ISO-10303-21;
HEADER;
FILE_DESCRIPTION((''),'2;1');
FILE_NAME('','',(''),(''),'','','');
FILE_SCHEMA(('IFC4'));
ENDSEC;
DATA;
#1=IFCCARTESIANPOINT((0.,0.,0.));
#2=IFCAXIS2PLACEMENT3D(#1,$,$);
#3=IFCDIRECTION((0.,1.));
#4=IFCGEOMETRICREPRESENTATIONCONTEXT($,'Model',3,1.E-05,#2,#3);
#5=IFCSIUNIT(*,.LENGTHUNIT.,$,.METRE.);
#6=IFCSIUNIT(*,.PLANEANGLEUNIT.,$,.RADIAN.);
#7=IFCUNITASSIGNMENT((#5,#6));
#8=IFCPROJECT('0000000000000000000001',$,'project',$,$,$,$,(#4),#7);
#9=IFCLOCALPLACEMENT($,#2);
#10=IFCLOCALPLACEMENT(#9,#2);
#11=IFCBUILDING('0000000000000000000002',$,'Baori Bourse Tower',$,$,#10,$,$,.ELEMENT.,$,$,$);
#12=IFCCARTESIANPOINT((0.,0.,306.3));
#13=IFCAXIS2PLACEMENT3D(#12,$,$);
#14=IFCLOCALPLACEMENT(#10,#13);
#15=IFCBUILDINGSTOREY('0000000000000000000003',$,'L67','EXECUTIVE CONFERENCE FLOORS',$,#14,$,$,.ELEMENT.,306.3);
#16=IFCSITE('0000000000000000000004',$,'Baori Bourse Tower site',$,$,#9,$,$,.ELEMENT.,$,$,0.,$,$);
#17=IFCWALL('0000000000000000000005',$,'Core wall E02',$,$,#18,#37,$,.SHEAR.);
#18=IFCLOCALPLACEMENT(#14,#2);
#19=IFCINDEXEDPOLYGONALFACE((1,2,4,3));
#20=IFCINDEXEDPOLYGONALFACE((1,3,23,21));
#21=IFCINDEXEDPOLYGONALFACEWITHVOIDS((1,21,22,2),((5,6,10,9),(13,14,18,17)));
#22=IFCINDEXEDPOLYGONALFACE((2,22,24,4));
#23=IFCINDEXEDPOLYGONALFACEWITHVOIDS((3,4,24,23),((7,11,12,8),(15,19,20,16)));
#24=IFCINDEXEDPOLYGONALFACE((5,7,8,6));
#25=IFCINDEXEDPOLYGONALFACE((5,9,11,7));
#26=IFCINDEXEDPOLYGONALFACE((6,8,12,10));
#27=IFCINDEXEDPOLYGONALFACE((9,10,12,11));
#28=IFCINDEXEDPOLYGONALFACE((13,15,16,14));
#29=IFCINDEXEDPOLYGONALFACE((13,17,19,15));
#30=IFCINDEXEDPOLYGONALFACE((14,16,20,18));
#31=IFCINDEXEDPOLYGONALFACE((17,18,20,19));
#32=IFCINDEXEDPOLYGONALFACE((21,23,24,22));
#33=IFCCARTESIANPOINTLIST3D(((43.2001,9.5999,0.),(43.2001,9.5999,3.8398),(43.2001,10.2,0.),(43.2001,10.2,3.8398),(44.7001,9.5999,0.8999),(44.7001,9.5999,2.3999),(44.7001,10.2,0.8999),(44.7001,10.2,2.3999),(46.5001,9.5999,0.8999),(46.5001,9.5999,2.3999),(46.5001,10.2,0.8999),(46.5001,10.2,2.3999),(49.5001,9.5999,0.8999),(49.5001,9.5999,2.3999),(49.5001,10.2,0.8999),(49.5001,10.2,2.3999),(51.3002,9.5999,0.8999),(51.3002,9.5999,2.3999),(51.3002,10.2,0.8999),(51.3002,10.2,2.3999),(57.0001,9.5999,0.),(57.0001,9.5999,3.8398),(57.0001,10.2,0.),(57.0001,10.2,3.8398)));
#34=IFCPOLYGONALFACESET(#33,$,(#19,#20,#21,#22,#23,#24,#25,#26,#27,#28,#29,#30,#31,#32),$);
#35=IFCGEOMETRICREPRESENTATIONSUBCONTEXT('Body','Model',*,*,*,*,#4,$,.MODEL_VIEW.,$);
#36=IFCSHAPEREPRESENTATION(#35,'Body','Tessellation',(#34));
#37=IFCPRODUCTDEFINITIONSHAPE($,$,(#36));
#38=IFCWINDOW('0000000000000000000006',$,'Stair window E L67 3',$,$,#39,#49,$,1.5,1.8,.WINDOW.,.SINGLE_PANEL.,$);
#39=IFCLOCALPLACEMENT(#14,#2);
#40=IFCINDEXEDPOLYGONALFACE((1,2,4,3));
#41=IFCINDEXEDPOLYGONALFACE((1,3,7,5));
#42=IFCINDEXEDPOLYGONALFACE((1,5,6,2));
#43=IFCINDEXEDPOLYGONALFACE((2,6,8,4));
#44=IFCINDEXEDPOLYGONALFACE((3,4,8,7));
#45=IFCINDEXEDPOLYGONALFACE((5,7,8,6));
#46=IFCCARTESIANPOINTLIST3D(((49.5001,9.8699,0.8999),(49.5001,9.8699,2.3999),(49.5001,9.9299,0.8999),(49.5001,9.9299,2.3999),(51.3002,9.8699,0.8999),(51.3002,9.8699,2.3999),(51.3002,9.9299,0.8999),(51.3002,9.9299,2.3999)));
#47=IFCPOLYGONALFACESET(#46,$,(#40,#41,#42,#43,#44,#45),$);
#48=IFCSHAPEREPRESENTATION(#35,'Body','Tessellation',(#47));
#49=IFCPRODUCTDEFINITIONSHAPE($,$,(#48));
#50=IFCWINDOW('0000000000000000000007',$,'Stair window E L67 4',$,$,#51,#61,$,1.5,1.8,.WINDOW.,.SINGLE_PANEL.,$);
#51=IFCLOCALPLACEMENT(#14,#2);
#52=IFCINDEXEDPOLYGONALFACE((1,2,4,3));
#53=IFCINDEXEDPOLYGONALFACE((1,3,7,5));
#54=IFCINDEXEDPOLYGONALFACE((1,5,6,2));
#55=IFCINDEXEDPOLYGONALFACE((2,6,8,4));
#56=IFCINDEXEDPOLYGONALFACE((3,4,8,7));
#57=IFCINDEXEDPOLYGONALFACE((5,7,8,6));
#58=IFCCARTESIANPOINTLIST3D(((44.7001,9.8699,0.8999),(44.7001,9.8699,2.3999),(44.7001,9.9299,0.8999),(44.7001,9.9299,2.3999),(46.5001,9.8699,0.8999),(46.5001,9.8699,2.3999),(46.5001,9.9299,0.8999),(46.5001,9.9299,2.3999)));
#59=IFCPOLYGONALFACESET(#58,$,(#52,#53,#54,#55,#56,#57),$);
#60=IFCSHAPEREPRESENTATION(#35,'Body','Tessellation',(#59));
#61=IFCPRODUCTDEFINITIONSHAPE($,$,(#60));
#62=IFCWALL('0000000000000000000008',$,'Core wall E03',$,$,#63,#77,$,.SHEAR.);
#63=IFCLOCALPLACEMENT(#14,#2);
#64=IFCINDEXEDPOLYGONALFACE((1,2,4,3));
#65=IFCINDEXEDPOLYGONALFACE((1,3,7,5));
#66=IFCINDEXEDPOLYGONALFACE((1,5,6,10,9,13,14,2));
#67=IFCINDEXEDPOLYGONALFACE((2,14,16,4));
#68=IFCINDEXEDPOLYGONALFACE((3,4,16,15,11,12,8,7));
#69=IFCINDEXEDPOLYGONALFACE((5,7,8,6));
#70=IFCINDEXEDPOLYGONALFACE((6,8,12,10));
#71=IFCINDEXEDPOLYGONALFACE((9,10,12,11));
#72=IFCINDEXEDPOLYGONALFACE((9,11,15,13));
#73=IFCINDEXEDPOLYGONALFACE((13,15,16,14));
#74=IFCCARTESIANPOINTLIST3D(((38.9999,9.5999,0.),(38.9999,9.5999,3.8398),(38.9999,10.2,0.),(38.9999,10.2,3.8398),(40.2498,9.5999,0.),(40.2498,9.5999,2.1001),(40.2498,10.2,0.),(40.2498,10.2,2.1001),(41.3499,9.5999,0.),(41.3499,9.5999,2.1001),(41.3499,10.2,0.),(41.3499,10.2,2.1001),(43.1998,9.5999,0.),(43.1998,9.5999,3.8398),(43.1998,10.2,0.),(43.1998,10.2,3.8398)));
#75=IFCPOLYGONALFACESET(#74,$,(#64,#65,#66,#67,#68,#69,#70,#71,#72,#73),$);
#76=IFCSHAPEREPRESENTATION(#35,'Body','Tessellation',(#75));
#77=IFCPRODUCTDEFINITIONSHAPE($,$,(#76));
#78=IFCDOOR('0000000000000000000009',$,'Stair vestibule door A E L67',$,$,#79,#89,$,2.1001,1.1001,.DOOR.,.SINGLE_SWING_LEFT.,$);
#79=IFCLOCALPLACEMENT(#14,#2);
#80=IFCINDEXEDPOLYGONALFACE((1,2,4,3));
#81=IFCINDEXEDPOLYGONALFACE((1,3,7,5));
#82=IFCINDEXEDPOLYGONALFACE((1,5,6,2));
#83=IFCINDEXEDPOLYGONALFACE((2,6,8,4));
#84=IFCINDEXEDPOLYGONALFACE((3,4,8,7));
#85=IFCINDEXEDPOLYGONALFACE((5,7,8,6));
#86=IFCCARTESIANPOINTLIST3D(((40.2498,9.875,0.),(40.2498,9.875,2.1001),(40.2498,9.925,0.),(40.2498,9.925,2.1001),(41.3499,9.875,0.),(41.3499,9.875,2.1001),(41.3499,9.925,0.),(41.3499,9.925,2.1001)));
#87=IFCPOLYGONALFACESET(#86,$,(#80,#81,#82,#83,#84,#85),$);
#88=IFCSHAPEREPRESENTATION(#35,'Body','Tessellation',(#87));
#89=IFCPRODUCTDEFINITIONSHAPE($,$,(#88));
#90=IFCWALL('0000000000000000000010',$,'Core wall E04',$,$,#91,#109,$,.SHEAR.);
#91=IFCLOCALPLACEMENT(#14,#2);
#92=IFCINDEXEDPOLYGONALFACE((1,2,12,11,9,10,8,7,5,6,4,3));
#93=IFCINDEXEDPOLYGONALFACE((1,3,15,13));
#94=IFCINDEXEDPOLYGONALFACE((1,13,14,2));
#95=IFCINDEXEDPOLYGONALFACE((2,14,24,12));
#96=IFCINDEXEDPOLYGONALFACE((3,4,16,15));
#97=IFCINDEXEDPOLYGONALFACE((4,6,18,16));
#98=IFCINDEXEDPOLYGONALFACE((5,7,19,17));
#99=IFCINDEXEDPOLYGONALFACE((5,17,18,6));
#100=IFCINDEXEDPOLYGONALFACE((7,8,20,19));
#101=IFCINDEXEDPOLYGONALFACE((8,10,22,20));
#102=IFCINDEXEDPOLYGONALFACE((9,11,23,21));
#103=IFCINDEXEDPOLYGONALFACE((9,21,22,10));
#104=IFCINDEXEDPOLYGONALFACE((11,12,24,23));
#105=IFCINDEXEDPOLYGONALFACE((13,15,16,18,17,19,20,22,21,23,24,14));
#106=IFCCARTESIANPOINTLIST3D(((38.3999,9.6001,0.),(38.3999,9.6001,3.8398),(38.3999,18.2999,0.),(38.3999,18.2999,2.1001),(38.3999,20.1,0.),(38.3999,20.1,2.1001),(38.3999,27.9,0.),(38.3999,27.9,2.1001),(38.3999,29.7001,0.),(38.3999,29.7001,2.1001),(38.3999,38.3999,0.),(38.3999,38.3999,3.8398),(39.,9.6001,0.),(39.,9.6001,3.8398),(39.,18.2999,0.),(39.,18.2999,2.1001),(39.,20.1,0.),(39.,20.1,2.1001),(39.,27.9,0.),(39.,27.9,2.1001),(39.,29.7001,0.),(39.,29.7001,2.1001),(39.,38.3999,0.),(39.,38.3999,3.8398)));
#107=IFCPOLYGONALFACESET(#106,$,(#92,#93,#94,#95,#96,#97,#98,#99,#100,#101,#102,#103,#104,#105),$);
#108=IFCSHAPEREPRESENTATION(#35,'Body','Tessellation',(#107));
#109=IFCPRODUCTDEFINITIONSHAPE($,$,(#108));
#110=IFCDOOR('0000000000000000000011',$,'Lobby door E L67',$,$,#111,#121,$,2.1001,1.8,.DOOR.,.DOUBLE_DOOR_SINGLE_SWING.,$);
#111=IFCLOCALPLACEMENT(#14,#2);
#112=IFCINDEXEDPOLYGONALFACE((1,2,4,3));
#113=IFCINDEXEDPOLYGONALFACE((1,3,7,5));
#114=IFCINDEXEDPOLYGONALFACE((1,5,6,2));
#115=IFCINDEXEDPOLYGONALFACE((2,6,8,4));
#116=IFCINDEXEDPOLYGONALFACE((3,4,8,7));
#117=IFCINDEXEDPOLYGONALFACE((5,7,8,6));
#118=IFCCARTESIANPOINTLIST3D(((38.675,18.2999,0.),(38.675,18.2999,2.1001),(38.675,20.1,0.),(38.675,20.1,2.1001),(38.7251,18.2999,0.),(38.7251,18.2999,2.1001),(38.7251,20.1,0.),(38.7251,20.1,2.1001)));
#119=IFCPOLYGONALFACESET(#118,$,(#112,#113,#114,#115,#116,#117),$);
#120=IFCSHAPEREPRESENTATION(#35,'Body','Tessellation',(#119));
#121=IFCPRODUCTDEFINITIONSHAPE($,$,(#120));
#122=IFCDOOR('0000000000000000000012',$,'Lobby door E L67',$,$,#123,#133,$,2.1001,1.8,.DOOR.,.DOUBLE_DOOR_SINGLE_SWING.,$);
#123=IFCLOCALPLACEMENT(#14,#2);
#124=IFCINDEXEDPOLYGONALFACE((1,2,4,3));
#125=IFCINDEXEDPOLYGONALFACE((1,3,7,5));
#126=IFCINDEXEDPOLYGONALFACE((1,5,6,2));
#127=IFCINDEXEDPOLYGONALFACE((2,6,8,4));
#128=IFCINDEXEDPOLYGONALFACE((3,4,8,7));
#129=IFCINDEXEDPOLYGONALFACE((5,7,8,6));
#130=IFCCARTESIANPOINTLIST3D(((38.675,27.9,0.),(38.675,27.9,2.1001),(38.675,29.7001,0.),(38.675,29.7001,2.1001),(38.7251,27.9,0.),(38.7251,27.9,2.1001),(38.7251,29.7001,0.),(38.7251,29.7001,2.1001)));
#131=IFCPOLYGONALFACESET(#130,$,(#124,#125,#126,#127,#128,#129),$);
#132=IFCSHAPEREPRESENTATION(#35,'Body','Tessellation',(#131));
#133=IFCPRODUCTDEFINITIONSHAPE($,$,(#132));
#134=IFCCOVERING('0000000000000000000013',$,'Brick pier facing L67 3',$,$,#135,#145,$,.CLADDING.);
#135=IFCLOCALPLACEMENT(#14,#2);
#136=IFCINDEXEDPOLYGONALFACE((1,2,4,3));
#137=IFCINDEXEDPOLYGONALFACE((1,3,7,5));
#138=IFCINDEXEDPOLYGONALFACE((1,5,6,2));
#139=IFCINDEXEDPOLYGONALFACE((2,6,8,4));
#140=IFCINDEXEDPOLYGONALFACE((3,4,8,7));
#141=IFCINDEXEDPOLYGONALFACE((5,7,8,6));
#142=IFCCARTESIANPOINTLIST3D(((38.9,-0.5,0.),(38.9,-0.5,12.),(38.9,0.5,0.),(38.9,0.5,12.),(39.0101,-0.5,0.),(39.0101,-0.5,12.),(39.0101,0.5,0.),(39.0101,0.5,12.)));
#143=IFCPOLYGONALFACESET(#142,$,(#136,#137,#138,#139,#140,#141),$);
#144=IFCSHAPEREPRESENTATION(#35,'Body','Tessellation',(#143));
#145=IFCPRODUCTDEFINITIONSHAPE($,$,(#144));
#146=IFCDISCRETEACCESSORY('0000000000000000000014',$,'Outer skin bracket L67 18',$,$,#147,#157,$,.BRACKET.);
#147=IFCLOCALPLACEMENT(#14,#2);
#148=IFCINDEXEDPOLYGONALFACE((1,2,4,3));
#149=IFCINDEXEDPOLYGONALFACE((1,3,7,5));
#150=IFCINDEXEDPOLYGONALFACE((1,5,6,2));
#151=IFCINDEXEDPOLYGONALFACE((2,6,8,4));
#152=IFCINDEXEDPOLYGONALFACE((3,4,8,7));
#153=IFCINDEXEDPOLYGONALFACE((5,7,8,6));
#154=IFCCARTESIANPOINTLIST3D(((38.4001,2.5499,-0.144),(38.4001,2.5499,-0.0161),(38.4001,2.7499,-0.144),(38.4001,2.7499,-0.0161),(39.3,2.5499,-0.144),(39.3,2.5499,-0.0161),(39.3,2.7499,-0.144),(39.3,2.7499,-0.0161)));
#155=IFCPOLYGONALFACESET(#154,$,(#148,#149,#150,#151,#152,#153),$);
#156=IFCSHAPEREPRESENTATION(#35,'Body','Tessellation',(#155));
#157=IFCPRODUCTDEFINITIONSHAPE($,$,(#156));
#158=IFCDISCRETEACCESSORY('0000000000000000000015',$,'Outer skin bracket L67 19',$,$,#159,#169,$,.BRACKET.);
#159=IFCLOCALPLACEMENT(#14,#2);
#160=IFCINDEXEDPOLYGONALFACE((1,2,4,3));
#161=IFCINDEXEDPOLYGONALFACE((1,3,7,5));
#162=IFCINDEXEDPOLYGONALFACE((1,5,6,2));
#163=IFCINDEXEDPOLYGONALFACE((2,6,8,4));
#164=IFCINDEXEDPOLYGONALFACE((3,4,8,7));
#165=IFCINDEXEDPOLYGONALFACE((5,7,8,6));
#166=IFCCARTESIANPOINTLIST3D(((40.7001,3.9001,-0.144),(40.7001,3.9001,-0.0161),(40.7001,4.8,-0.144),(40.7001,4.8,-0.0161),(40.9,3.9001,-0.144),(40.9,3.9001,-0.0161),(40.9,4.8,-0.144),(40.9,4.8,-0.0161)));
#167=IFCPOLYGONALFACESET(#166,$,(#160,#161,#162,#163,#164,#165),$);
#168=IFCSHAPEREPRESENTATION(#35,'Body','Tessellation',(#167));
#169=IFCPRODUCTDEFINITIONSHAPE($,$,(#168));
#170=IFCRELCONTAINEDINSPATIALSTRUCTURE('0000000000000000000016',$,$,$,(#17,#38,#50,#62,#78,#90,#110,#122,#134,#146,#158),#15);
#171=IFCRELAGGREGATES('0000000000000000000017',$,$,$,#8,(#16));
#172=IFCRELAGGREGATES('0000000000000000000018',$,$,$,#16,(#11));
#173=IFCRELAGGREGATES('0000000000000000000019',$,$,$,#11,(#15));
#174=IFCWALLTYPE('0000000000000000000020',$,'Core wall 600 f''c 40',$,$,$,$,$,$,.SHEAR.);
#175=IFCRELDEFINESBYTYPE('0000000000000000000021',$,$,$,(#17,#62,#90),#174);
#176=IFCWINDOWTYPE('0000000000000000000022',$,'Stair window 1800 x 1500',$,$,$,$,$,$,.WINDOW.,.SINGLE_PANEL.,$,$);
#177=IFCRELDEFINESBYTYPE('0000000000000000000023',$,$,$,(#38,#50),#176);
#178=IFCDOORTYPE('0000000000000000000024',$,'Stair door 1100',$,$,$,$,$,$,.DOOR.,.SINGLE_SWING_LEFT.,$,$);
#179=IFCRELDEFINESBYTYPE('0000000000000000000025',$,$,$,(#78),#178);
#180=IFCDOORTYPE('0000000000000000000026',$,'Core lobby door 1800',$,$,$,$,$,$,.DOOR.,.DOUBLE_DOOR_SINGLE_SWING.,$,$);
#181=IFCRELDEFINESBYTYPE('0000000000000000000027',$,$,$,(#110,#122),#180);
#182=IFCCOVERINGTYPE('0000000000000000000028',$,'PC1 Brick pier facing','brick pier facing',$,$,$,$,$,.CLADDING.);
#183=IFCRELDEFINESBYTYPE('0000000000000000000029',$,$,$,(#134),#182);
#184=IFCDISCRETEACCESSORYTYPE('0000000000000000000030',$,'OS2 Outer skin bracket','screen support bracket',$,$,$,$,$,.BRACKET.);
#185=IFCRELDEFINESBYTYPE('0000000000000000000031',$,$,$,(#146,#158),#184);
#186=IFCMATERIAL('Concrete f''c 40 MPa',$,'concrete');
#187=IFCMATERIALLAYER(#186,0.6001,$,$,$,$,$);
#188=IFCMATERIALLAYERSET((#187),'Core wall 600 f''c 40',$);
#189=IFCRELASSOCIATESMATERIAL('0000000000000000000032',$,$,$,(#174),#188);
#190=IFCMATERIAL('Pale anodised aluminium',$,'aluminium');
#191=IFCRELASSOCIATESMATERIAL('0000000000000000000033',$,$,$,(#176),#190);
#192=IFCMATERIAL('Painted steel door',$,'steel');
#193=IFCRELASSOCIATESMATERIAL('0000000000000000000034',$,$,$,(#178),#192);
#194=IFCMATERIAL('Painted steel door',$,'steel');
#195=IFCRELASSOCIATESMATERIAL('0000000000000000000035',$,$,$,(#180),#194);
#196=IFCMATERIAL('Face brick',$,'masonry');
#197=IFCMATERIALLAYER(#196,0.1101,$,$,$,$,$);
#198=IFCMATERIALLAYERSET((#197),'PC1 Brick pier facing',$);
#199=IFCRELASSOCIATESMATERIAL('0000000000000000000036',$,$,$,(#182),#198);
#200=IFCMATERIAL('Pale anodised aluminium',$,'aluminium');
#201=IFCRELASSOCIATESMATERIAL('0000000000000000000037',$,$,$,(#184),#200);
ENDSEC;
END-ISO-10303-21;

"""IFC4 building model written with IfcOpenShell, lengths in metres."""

from ifc_helpers import new_model, si_unit, direction, frame, frame_2d, origin, origin_2d, place, context, subcontext, project, spatial, rectangle, extrude, material, layer, layer_set, type_object, element, fill, save


model = new_model("IFC4")

# Units and contexts
model_context = context("Model", 3, precision=1e-05, world=origin(), true_north=direction((0.0, 1.0)))
body_context = subcontext(model_context, "Body", "Model", "MODEL_VIEW")
ifc_project = project(units=[si_unit("LENGTHUNIT", "METRE"), si_unit("PLANEANGLEUNIT", "RADIAN")], contexts=[model_context])

# Site, building, storey
site_placement = place(None, origin())
site = spatial("IfcSite", under=ifc_project, at=site_placement, Name="Baori Bourse Tower site", CompositionType="ELEMENT", RefElevation=0.0)
building_placement = place(site_placement, origin())
building = spatial("IfcBuilding", under=site, at=building_placement, Name="Baori Bourse Tower", CompositionType="ELEMENT")
storey_placement = place(building_placement, frame((0.0, 0.0, 306.3)))
storey = spatial("IfcBuildingStorey", under=building, at=storey_placement, Name="L67", Description="EXECUTIVE CONFERENCE FLOORS", CompositionType="ELEMENT", Elevation=306.3)

# Wall, openings, windows
ifc_material_1 = material(Name="Concrete f'c 40 MPa", Category="concrete")
ifc_layer_1 = layer(ifc_material_1, 0.6001)
ifc_layer_set_1 = layer_set([ifc_layer_1], Name="Core wall 600 f'c 40")
wall_type = type_object("IfcWallType", Name="Core wall 600 f'c 40", PredefinedType="SHEAR", material=ifc_layer_set_1)
wall_1_placement = place(storey_placement, frame((57.0, 9.8999, 0.0), z_axis=(0.0, 0.0, 1.0), x_axis=(-1.0, 0.0, 0.0)))
wall_1 = element("IfcWall", 1, at=wall_1_placement, inside=storey, type_object=wall_type, Name="Core wall E02", PredefinedType="SHEAR", context=body_context, shape_type="SweptSolid", body=[
    extrude(rectangle(XDim=13.8, YDim=0.6001, at=frame_2d((6.8999, 0.0))), origin(), (0.0, 0.0, 1.0), 3.8398),
])
opening_1_placement = place(wall_1_placement, frame((5.7, 0.0, 0.8999)))
opening_1 = element("IfcOpeningElement", 2, at=opening_1_placement, cuts=wall_1, PredefinedType="OPENING", context=body_context, shape_type="SweptSolid", body=[
    extrude(rectangle(XDim=1.8, YDim=1.5, at=frame_2d((0.8999, 0.75))), frame((0.0, 0.3101, 0.0), z_axis=(0.0, -1.0, 0.0), x_axis=(1.0, 0.0, 0.0)), (0.0, 0.0, 1.0), 0.6201),
])
opening_2_placement = place(wall_1_placement, frame((10.5, 0.0, 0.8999)))
opening_2 = element("IfcOpeningElement", 3, at=opening_2_placement, cuts=wall_1, PredefinedType="OPENING", context=body_context, shape_type="SweptSolid", body=[
    extrude(rectangle(XDim=1.8, YDim=1.5, at=frame_2d((0.8999, 0.75))), frame((0.0, 0.3101, 0.0), z_axis=(0.0, -1.0, 0.0), x_axis=(1.0, 0.0, 0.0)), (0.0, 0.0, 1.0), 0.6201),
])
ifc_material_2 = material(Name="Pale anodised aluminium", Category="aluminium")
window_type = type_object("IfcWindowType", Name="Stair window 1800 x 1500", PartitioningType="SINGLE_PANEL", PredefinedType="WINDOW", material=ifc_material_2)
window_1_placement = place(opening_1_placement, origin())
window_1 = element("IfcWindow", 4, at=window_1_placement, inside=storey, type_object=window_type, Name="Stair window E L67 3", OverallHeight=1.5, OverallWidth=1.8, PartitioningType="SINGLE_PANEL", PredefinedType="WINDOW", context=body_context, shape_type="SweptSolid", body=[
    extrude(rectangle(XDim=1.8, YDim=1.5, at=frame_2d((0.8999, 0.75))), frame((0.0, 0.03, 0.0), z_axis=(0.0, -1.0, 0.0), x_axis=(1.0, 0.0, 0.0)), (0.0, 0.0, 1.0), 0.0601),
])
fill(opening_1, window_1)
window_2_placement = place(opening_2_placement, origin())
window_2 = element("IfcWindow", 5, at=window_2_placement, inside=storey, type_object=window_type, Name="Stair window E L67 4", OverallHeight=1.5, OverallWidth=1.8, PartitioningType="SINGLE_PANEL", PredefinedType="WINDOW", context=body_context, shape_type="SweptSolid", body=[
    extrude(rectangle(XDim=1.8, YDim=1.5, at=frame_2d((0.8999, 0.75))), frame((0.0, 0.03, 0.0), z_axis=(0.0, -1.0, 0.0), x_axis=(1.0, 0.0, 0.0)), (0.0, 0.0, 1.0), 0.0601),
])
fill(opening_2, window_2)

# Wall, opening, door
wall_2_placement = place(storey_placement, frame((43.2, 9.8999, 0.0), z_axis=(0.0, 0.0, 1.0), x_axis=(-1.0, 0.0, 0.0)))
wall_2 = element("IfcWall", 6, at=wall_2_placement, inside=storey, type_object=wall_type, Name="Core wall E03", PredefinedType="SHEAR", context=body_context, shape_type="SweptSolid", body=[
    extrude(rectangle(XDim=4.2, YDim=0.6001, at=frame_2d((2.1001, 0.0))), origin(), (0.0, 0.0, 1.0), 3.8398),
])
opening_3_placement = place(wall_2_placement, frame((1.8501, 0.0, 0.0)))
opening_3 = element("IfcOpeningElement", 7, at=opening_3_placement, cuts=wall_2, PredefinedType="OPENING", context=body_context, shape_type="SweptSolid", body=[
    extrude(rectangle(XDim=1.1001, YDim=2.1001, at=frame_2d((0.55, 1.05))), frame((0.0, 0.3101, 0.0), z_axis=(0.0, -1.0, 0.0), x_axis=(1.0, 0.0, 0.0)), (0.0, 0.0, 1.0), 0.6201),
])
ifc_material_3 = material(Name="Painted steel door", Category="steel")
door_type_1 = type_object("IfcDoorType", Name="Stair door 1100", OperationType="SINGLE_SWING_LEFT", PredefinedType="DOOR", material=ifc_material_3)
door_1_placement = place(opening_3_placement, origin())
door_1 = element("IfcDoor", 8, at=door_1_placement, inside=storey, type_object=door_type_1, Name="Stair vestibule door A E L67", OperationType="SINGLE_SWING_LEFT", OverallHeight=2.1001, OverallWidth=1.1001, PredefinedType="DOOR", context=body_context, shape_type="SweptSolid", body=[
    extrude(rectangle(XDim=1.1001, YDim=2.1001, at=frame_2d((0.55, 1.05))), frame((0.0, 0.0249, 0.0), z_axis=(0.0, -1.0, 0.0), x_axis=(1.0, 0.0, 0.0)), (0.0, 0.0, 1.0), 0.05),
])
fill(opening_3, door_1)

# Wall, openings, doors
wall_3_placement = place(storey_placement, frame((38.7, 9.6001, 0.0), z_axis=(0.0, 0.0, 1.0), x_axis=(0.0, 1.0, 0.0)))
wall_3 = element("IfcWall", 9, at=wall_3_placement, inside=storey, type_object=wall_type, Name="Core wall E04", PredefinedType="SHEAR", context=body_context, shape_type="SweptSolid", body=[
    extrude(rectangle(XDim=28.7998, YDim=0.6001, at=frame_2d((14.3999, 0.0))), origin(), (0.0, 0.0, 1.0), 3.8398),
])
opening_4_placement = place(wall_3_placement, frame((8.7, 0.0, 0.0)))
opening_4 = element("IfcOpeningElement", 10, at=opening_4_placement, cuts=wall_3, PredefinedType="OPENING", context=body_context, shape_type="SweptSolid", body=[
    extrude(rectangle(XDim=1.8, YDim=2.1001, at=frame_2d((0.8999, 1.05))), frame((0.0, 0.3101, 0.0), z_axis=(0.0, -1.0, 0.0), x_axis=(1.0, 0.0, 0.0)), (0.0, 0.0, 1.0), 0.6201),
])
opening_5_placement = place(wall_3_placement, frame((18.3, 0.0, 0.0)))
opening_5 = element("IfcOpeningElement", 11, at=opening_5_placement, cuts=wall_3, PredefinedType="OPENING", context=body_context, shape_type="SweptSolid", body=[
    extrude(rectangle(XDim=1.8, YDim=2.1001, at=frame_2d((0.8999, 1.05))), frame((0.0, 0.3101, 0.0), z_axis=(0.0, -1.0, 0.0), x_axis=(1.0, 0.0, 0.0)), (0.0, 0.0, 1.0), 0.6201),
])
ifc_material_4 = material(Name="Painted steel door", Category="steel")
door_type_2 = type_object("IfcDoorType", Name="Core lobby door 1800", OperationType="DOUBLE_DOOR_SINGLE_SWING", PredefinedType="DOOR", material=ifc_material_4)
door_2_placement = place(opening_4_placement, origin())
door_2 = element("IfcDoor", 12, at=door_2_placement, inside=storey, type_object=door_type_2, Name="Lobby door E L67", OperationType="DOUBLE_DOOR_SINGLE_SWING", OverallHeight=2.1001, OverallWidth=1.8, PredefinedType="DOOR", context=body_context, shape_type="SweptSolid", body=[
    extrude(rectangle(XDim=1.8, YDim=2.1001, at=frame_2d((0.8999, 1.05))), frame((0.0, 0.0249, 0.0), z_axis=(0.0, -1.0, 0.0), x_axis=(1.0, 0.0, 0.0)), (0.0, 0.0, 1.0), 0.05),
])
fill(opening_4, door_2)
door_3_placement = place(opening_5_placement, origin())
door_3 = element("IfcDoor", 13, at=door_3_placement, inside=storey, type_object=door_type_2, Name="Lobby door E L67", OperationType="DOUBLE_DOOR_SINGLE_SWING", OverallHeight=2.1001, OverallWidth=1.8, PredefinedType="DOOR", context=body_context, shape_type="SweptSolid", body=[
    extrude(rectangle(XDim=1.8, YDim=2.1001, at=frame_2d((0.8999, 1.05))), frame((0.0, 0.0249, 0.0), z_axis=(0.0, -1.0, 0.0), x_axis=(1.0, 0.0, 0.0)), (0.0, 0.0, 1.0), 0.05),
])
fill(opening_5, door_3)

# Covering
ifc_material_5 = material(Name="Face brick", Category="masonry")
ifc_layer_2 = layer(ifc_material_5, 0.1101)
ifc_layer_set_2 = layer_set([ifc_layer_2], Name="PC1 Brick pier facing")
covering_type = type_object("IfcCoveringType", Name="PC1 Brick pier facing", Description="brick pier facing", PredefinedType="CLADDING", material=ifc_layer_set_2)
covering_placement = place(storey_placement, frame((38.9551, 0.0, 0.0), z_axis=(0.0, 0.0, 1.0), x_axis=(1.0, 0.0, 0.0)))
element("IfcCovering", 14, at=covering_placement, inside=storey, type_object=covering_type, Name="Brick pier facing L67 3", PredefinedType="CLADDING", context=body_context, shape_type="SweptSolid", body=[
    extrude(rectangle(XDim=0.1101, YDim=1.0, at=origin_2d()), origin(), (0.0, 0.0, 1.0), 12.0),
])

# Discrete accessories
ifc_material_6 = material(Name="Pale anodised aluminium", Category="aluminium")
discrete_accessory_type = type_object("IfcDiscreteAccessoryType", Name="OS2 Outer skin bracket", Description="screen support bracket", PredefinedType="BRACKET", material=ifc_material_6)
for number, where, z_axis, x_axis, name in (
    (15, (38.8501, 2.6499, -0.144), (0.0, 0.0, 1.0), (0.0, 1.0, 0.0), "Outer skin bracket L67 18"),
    (16, (40.8, 4.3501, -0.144), (0.0, 0.0, 1.0), (1.0, 0.0, 0.0), "Outer skin bracket L67 19"),
):
    element("IfcDiscreteAccessory", number, at=place(storey_placement, frame(where, z_axis=z_axis, x_axis=x_axis)), inside=storey, type_object=discrete_accessory_type, Name=name, PredefinedType="BRACKET", context=body_context, shape_type="SweptSolid", body=[
        extrude(rectangle(XDim=0.2, YDim=0.8999, at=origin_2d()), origin(), (0.0, 0.0, 1.0), 0.1279),
    ])

save(model, "model.ifc")
